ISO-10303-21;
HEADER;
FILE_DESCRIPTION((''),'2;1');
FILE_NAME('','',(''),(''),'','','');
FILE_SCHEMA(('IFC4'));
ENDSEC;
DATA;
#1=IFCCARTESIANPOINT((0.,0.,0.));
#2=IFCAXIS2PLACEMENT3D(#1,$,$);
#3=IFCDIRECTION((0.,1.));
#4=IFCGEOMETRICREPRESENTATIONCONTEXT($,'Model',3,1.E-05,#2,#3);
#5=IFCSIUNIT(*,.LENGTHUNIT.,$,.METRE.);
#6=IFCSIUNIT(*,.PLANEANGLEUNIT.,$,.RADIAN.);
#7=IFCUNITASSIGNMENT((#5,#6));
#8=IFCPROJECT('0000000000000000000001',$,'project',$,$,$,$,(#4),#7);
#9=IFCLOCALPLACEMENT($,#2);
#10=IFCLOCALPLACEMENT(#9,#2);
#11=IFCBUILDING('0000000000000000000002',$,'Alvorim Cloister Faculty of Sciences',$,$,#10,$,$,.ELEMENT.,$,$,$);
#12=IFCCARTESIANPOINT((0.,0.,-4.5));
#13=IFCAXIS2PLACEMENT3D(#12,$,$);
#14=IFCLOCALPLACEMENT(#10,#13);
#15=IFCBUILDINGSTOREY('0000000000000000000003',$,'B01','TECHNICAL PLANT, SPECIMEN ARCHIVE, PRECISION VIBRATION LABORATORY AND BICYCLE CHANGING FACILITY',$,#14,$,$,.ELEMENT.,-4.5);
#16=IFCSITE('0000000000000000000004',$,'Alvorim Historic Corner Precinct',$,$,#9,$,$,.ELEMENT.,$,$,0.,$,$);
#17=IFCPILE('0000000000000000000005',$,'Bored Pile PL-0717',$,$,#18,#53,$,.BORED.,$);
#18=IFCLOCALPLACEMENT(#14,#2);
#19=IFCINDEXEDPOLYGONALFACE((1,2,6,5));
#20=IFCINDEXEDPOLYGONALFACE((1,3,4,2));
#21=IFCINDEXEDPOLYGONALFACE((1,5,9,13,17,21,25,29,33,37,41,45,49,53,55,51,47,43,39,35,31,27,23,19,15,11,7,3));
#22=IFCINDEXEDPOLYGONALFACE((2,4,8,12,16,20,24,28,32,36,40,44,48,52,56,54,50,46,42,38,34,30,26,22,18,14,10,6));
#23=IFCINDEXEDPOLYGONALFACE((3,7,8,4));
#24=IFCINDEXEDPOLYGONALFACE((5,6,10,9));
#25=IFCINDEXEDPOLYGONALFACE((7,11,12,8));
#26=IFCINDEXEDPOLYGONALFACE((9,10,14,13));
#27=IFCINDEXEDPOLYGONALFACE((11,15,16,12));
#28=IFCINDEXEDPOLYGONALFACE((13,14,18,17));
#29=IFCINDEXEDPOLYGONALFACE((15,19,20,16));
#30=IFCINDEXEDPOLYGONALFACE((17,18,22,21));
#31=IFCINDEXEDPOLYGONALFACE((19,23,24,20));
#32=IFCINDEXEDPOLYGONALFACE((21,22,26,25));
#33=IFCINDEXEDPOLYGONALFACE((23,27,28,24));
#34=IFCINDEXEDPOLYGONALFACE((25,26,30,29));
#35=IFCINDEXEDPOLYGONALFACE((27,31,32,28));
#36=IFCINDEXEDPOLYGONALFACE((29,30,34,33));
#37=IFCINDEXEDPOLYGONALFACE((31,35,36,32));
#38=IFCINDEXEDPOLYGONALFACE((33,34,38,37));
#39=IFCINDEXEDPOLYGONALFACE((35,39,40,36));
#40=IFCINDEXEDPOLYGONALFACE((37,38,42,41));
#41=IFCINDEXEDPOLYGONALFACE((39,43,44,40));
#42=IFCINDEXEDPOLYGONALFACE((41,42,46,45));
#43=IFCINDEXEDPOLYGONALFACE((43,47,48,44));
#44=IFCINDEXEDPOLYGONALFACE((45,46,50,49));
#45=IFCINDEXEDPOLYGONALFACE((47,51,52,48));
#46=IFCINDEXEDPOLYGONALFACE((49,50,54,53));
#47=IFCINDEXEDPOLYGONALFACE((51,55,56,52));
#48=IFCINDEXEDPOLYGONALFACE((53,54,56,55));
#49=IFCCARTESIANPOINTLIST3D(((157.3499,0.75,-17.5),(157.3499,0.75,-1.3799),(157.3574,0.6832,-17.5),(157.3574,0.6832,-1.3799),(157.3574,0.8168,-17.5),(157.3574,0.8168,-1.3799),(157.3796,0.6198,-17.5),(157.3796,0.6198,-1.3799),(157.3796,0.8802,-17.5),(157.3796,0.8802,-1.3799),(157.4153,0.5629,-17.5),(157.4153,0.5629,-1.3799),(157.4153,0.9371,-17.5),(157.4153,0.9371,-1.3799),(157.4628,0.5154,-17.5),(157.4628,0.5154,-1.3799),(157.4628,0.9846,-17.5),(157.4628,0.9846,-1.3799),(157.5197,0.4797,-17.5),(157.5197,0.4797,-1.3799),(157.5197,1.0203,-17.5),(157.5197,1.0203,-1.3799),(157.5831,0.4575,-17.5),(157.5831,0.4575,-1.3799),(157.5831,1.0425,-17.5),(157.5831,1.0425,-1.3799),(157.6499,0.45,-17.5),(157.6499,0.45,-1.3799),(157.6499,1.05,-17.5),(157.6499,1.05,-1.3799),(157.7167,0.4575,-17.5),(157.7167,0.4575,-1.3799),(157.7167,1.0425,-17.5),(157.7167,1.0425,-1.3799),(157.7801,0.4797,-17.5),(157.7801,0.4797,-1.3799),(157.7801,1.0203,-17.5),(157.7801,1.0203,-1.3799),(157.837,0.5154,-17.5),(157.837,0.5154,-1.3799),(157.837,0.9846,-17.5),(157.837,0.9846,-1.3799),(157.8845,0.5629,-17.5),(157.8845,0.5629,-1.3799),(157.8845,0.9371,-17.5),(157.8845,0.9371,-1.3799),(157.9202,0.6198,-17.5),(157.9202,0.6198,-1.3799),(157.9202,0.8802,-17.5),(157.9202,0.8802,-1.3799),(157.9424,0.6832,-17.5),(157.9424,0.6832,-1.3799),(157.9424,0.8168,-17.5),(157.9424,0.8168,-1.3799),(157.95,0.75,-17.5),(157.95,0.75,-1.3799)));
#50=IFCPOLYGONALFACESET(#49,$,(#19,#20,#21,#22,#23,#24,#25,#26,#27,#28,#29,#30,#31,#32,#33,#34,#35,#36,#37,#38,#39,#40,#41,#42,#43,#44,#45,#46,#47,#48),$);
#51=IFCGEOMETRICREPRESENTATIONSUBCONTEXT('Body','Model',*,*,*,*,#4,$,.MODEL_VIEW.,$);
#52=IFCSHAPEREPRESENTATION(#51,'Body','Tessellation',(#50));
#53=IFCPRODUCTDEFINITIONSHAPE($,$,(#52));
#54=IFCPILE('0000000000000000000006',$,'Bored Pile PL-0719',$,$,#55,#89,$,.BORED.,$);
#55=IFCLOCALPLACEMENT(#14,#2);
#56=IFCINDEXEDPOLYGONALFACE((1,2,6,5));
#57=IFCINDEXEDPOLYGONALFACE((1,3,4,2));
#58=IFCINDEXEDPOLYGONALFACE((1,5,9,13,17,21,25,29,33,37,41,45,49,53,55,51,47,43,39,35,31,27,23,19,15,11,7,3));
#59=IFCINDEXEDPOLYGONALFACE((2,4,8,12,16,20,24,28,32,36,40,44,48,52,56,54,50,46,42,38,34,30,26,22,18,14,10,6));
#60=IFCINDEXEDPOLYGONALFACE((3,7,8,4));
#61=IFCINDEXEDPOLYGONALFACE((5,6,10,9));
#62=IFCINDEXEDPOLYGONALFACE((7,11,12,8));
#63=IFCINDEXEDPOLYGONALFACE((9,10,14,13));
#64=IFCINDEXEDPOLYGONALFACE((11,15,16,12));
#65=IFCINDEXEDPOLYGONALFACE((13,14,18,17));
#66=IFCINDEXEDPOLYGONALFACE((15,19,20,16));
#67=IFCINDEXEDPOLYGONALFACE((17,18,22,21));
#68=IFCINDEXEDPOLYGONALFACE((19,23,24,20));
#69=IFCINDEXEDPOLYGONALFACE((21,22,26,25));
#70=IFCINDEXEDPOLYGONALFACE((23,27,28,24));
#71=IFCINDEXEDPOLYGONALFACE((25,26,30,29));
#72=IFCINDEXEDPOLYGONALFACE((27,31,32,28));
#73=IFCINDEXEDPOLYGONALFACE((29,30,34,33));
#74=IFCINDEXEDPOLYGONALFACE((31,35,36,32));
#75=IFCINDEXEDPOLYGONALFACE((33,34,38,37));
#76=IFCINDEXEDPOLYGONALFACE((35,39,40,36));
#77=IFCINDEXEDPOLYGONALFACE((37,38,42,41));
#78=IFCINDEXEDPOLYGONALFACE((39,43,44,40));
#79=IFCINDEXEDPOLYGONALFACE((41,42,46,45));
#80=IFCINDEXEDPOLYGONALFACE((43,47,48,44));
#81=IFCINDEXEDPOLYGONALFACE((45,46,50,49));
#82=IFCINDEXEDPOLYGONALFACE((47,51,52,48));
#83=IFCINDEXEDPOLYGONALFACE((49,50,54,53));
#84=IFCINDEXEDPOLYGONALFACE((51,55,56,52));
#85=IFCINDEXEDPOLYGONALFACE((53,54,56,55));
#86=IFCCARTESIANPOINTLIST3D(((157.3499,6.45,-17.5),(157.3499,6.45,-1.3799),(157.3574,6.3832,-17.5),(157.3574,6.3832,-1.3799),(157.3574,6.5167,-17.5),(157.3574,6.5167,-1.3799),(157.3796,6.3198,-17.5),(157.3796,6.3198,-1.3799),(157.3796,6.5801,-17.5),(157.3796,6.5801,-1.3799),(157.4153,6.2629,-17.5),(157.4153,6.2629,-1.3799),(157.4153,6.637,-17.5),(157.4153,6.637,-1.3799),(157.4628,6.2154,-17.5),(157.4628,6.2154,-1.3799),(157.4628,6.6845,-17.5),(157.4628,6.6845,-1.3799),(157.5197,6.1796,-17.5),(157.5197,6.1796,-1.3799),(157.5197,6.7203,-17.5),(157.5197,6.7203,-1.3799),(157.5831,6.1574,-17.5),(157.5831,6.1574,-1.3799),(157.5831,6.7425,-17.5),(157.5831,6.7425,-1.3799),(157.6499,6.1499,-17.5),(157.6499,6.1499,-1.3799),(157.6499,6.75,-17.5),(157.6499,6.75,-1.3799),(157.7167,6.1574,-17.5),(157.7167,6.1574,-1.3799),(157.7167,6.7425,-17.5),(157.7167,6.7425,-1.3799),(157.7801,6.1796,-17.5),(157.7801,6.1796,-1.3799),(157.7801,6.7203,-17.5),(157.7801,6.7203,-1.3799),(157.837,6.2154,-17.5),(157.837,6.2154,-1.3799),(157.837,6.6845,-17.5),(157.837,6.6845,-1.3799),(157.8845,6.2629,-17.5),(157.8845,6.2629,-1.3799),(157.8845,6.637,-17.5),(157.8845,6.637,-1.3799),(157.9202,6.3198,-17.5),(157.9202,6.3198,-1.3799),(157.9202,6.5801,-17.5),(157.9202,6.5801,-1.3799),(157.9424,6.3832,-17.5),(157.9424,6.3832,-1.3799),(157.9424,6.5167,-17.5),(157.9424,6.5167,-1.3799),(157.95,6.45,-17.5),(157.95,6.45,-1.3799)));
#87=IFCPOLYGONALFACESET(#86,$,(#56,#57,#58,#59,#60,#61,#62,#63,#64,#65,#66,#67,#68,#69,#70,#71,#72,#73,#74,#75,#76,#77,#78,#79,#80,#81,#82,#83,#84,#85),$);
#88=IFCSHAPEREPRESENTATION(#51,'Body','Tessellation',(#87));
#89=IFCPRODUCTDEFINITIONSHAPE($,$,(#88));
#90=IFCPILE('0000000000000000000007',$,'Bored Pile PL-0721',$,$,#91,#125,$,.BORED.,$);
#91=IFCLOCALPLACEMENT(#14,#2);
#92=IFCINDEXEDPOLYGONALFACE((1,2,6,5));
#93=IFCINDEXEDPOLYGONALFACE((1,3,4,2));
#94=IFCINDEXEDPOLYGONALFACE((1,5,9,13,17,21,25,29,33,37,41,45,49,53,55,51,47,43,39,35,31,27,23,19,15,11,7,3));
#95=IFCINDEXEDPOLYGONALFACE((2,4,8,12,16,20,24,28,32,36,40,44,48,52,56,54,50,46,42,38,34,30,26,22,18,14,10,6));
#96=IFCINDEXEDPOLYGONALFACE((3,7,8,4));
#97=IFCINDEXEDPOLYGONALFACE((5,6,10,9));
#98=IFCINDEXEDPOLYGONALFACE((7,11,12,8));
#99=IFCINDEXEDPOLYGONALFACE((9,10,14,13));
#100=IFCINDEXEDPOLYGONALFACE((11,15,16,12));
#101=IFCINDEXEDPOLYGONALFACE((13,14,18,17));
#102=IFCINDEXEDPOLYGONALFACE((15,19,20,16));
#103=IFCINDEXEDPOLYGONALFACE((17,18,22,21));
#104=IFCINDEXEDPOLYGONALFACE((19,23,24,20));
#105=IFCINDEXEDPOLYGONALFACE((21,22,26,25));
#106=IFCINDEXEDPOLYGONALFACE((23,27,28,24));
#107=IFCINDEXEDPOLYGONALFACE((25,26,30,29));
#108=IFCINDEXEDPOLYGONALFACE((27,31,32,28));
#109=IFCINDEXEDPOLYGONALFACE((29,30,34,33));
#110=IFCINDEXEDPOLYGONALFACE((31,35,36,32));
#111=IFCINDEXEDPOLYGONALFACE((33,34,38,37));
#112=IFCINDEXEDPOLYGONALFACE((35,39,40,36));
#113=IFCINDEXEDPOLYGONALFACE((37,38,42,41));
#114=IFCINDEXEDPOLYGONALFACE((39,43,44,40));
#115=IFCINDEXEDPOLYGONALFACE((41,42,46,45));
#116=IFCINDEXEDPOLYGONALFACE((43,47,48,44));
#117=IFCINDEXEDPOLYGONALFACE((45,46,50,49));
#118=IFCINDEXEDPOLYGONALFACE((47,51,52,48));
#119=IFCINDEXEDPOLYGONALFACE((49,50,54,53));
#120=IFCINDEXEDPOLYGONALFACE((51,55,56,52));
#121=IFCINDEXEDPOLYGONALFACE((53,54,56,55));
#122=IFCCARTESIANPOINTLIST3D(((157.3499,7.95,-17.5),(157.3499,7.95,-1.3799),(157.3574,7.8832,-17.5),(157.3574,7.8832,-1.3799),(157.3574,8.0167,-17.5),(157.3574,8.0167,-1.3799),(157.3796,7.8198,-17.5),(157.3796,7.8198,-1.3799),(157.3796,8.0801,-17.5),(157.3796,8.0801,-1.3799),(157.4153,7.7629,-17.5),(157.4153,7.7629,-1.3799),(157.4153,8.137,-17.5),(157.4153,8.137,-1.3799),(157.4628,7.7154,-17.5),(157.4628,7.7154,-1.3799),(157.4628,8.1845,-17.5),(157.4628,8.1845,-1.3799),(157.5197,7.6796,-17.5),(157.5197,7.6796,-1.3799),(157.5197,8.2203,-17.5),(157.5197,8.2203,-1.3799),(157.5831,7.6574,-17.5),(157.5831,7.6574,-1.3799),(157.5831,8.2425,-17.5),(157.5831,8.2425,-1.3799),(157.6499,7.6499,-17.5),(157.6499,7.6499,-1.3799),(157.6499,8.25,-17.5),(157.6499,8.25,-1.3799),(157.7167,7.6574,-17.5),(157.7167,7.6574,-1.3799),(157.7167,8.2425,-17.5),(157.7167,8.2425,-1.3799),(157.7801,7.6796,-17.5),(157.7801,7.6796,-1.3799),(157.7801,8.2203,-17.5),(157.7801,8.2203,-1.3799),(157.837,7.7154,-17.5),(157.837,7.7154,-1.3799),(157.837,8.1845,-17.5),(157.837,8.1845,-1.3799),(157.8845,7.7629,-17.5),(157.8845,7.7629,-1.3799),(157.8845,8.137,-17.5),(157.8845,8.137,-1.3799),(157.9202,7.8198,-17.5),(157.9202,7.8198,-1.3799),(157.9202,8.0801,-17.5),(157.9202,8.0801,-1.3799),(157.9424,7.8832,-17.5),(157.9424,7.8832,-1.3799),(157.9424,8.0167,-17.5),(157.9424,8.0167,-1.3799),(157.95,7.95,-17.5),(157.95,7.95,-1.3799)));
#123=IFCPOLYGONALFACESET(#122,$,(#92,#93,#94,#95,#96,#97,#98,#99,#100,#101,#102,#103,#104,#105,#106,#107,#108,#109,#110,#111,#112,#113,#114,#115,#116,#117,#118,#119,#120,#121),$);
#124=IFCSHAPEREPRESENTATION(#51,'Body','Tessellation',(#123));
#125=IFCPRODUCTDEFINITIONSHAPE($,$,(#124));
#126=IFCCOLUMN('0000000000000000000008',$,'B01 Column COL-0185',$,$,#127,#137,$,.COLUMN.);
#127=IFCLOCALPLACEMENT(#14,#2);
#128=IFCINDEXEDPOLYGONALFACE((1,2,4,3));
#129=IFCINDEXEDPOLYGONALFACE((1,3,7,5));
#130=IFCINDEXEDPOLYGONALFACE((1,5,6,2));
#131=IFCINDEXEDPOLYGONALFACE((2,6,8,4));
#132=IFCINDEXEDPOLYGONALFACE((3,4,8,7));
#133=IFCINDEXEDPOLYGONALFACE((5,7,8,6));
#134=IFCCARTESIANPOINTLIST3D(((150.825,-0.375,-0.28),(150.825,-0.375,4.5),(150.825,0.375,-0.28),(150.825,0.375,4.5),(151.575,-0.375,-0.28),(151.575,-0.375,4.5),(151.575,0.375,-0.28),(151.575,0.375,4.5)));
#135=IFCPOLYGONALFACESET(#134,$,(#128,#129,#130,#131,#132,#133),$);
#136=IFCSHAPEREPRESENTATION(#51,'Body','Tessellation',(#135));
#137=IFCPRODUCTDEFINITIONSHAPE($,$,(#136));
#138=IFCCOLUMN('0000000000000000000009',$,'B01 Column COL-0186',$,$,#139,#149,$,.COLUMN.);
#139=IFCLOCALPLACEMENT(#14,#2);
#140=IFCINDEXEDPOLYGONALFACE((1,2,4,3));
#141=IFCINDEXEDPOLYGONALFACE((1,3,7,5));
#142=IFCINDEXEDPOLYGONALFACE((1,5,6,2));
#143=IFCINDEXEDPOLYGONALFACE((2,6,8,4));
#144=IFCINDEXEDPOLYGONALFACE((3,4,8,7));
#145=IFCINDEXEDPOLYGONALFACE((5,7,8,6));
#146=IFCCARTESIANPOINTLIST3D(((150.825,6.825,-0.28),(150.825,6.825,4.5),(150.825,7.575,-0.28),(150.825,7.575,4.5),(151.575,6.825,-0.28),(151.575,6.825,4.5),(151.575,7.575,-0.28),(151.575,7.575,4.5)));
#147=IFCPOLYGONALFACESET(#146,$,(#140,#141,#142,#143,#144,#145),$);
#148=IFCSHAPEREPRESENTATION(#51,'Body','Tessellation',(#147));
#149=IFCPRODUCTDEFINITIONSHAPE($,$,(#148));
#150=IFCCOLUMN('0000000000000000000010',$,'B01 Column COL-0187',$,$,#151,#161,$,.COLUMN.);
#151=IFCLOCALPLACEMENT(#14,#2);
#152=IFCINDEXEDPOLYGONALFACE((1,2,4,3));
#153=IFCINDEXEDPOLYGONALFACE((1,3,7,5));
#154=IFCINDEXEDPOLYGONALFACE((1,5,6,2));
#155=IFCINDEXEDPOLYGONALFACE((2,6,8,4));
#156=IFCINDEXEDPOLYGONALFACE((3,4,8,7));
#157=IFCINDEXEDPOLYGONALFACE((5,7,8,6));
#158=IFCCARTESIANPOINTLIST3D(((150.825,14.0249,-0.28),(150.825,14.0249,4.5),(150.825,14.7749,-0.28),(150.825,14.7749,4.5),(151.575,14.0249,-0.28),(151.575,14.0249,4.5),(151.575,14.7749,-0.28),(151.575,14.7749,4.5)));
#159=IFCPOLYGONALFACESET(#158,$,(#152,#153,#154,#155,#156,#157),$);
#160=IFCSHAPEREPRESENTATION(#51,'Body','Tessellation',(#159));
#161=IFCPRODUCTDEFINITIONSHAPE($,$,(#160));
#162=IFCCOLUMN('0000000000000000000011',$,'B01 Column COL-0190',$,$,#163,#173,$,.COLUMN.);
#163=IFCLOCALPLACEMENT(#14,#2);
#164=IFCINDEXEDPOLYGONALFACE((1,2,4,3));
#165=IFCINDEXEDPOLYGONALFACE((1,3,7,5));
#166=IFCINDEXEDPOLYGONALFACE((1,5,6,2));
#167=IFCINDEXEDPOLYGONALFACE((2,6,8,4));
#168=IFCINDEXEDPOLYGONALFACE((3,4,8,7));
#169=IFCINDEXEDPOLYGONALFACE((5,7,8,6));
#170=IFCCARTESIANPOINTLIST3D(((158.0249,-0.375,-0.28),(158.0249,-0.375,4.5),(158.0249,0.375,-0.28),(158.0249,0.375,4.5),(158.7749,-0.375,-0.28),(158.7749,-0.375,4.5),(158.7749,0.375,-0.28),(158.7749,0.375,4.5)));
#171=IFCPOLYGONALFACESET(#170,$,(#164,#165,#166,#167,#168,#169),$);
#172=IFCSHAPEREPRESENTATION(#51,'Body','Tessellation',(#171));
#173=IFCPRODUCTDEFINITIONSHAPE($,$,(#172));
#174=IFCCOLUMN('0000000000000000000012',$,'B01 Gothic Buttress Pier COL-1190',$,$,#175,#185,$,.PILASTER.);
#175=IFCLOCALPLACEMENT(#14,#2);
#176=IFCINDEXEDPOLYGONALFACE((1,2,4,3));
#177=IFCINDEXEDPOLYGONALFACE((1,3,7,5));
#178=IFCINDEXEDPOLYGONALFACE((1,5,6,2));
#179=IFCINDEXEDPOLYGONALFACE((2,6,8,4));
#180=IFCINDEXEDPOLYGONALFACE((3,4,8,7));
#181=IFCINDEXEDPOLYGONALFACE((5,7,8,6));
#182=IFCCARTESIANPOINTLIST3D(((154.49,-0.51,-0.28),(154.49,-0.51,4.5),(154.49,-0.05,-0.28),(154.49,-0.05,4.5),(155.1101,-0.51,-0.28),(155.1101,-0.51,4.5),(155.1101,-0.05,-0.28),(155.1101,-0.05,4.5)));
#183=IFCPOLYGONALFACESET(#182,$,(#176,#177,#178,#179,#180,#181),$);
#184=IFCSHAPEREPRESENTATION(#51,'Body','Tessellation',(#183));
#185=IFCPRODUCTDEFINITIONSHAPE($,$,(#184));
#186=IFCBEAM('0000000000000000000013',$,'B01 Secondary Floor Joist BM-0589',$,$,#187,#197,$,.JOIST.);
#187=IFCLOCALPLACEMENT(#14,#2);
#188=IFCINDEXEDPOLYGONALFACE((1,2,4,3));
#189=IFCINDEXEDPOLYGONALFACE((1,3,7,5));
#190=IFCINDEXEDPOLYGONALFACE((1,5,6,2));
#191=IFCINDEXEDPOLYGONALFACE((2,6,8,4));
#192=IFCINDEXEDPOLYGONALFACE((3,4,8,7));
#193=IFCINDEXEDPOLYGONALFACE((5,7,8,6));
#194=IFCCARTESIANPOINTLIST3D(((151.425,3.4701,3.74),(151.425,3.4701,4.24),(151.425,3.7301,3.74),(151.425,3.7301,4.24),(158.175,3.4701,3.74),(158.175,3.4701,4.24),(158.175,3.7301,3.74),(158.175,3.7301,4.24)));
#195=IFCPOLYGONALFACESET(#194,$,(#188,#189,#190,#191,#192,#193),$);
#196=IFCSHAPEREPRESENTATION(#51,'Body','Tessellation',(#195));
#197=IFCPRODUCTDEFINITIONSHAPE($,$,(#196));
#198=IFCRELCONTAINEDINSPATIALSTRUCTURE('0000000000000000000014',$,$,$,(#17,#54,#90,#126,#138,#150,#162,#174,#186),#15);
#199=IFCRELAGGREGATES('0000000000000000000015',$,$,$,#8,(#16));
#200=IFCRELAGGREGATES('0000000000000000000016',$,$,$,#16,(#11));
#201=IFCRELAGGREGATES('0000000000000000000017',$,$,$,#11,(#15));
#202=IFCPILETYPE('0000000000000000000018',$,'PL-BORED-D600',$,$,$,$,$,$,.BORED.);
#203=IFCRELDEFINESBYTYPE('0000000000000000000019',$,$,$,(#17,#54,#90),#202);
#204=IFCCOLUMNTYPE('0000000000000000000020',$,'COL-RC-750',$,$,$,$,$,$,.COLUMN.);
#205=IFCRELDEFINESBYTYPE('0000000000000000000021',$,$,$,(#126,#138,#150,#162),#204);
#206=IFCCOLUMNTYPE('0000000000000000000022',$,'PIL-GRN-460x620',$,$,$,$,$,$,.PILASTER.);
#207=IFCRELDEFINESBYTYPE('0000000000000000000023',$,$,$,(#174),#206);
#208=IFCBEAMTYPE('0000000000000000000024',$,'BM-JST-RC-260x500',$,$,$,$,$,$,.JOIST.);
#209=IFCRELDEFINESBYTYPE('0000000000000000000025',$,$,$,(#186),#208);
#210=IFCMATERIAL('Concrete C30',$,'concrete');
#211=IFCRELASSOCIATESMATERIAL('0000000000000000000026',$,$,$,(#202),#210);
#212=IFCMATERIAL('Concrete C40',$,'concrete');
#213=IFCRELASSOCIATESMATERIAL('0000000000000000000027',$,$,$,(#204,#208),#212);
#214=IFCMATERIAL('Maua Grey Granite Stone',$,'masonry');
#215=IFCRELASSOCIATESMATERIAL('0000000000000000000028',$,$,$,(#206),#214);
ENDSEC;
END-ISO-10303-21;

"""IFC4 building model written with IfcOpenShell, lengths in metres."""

from ifc_helpers import new_model, si_unit, direction, frame, origin, origin_2d, place, context, subcontext, project, spatial, rectangle, circle, extrude, material, material_profile, profile_set, type_object, element, save


model = new_model("IFC4")

# Units and contexts
model_context = context("Model", 3, precision=1e-05, world=origin(), true_north=direction((0.0, 1.0)))
body_context = subcontext(model_context, "Body", "Model", "MODEL_VIEW")
ifc_project = project(units=[si_unit("LENGTHUNIT", "METRE"), si_unit("PLANEANGLEUNIT", "RADIAN")], contexts=[model_context])

# Site, building, storey
site_placement = place(None, origin())
site = spatial("IfcSite", under=ifc_project, at=site_placement, Name="Alvorim Historic Corner Precinct", CompositionType="ELEMENT", RefElevation=0.0)
building_placement = place(site_placement, origin())
building = spatial("IfcBuilding", under=site, at=building_placement, Name="Alvorim Cloister Faculty of Sciences", CompositionType="ELEMENT")
storey_placement = place(building_placement, frame((0.0, 0.0, -4.5)))
storey = spatial("IfcBuildingStorey", under=building, at=storey_placement, Name="B01", Description="TECHNICAL PLANT, SPECIMEN ARCHIVE, PRECISION VIBRATION LABORATORY AND BICYCLE CHANGING FACILITY", CompositionType="ELEMENT", Elevation=-4.5)

# Shared definitions
ifc_material_1 = material(Name="Concrete C40", Category="concrete")

# Piles
ifc_material_2 = material(Name="Concrete C30", Category="concrete")
ifc_material_profile_1 = material_profile(ifc_material_2, circle(Radius=0.3, at=origin_2d()), Name="PILE-D600")
ifc_profile_set_1 = profile_set([ifc_material_profile_1], Name="Concrete C30")
pile_type = type_object("IfcPileType", Name="PL-BORED-D600", PredefinedType="BORED", material=ifc_profile_set_1)
for number, where, z_axis, x_axis, name in (
    (1, (157.6499, 0.75, -1.3799), (0.0, 0.0, -1.0), (1.0, 0.0, 0.0), "Bored Pile PL-0717"),
    (2, (157.6499, 6.45, -1.3799), (0.0, 0.0, -1.0), (1.0, 0.0, 0.0), "Bored Pile PL-0719"),
    (3, (157.6499, 7.95, -1.3799), (0.0, 0.0, -1.0), (1.0, 0.0, 0.0), "Bored Pile PL-0721"),
):
    element("IfcPile", number, at=place(storey_placement, frame(where, z_axis=z_axis, x_axis=x_axis)), inside=storey, type_object=pile_type, Name=name, PredefinedType="BORED", context=body_context, shape_type="SweptSolid", body=[
        extrude(circle(Radius=0.3, at=origin_2d()), origin(), (0.0, 0.0, 1.0), 16.1201),
    ])

# Columns
ifc_material_profile_2 = material_profile(ifc_material_1, rectangle(XDim=0.75, YDim=0.75, at=origin_2d()), Name="RC40-COL-750x750")
ifc_profile_set_2 = profile_set([ifc_material_profile_2], Name="Concrete C40")
column_type_1 = type_object("IfcColumnType", Name="COL-RC-750", PredefinedType="COLUMN", material=ifc_profile_set_2)
for number, where, z_axis, x_axis, name in (
    (4, (151.2, 0.0, -0.28), (0.0, 0.0, 1.0), (1.0, 0.0, 0.0), "B01 Column COL-0185"),
    (5, (151.2, 7.2, -0.28), (0.0, 0.0, 1.0), (1.0, 0.0, 0.0), "B01 Column COL-0186"),
    (6, (151.2, 14.3999, -0.28), (0.0, 0.0, 1.0), (1.0, 0.0, 0.0), "B01 Column COL-0187"),
    (7, (158.3999, 0.0, -0.28), (0.0, 0.0, 1.0), (1.0, 0.0, 0.0), "B01 Column COL-0190"),
):
    element("IfcColumn", number, at=place(storey_placement, frame(where, z_axis=z_axis, x_axis=x_axis)), inside=storey, type_object=column_type_1, Name=name, PredefinedType="COLUMN", context=body_context, shape_type="SweptSolid", body=[
        extrude(rectangle(XDim=0.75, YDim=0.75, at=origin_2d()), origin(), (0.0, 0.0, 1.0), 4.78),
    ])
ifc_material_3 = material(Name="Maua Grey Granite Stone", Category="masonry")
ifc_material_profile_3 = material_profile(ifc_material_3, rectangle(XDim=0.46, YDim=0.6201, at=origin_2d()), Name="GRN-PIER-460x620")
ifc_profile_set_3 = profile_set([ifc_material_profile_3], Name="Maua Grey Granite Stone")
column_type_2 = type_object("IfcColumnType", Name="PIL-GRN-460x620", PredefinedType="PILASTER", material=ifc_profile_set_3)
column_placement = place(storey_placement, frame((154.8, -0.28, -0.28), z_axis=(0.0, 0.0, 1.0), x_axis=(0.0, 1.0, 0.0)))
element("IfcColumn", 8, at=column_placement, inside=storey, type_object=column_type_2, Name="B01 Gothic Buttress Pier COL-1190", PredefinedType="PILASTER", context=body_context, shape_type="SweptSolid", body=[
    extrude(rectangle(XDim=0.46, YDim=0.6201, at=origin_2d()), origin(), (0.0, 0.0, 1.0), 4.78),
])

# Beam
ifc_material_profile_4 = material_profile(ifc_material_1, rectangle(XDim=0.26, YDim=0.5, at=origin_2d()), Name="RC40-JST-260x500")
ifc_profile_set_4 = profile_set([ifc_material_profile_4], Name="Concrete C40")
beam_type_1 = type_object("IfcBeamType", Name="BM-JST-RC-260x500", PredefinedType="JOIST", material=ifc_profile_set_4)
beam_1_placement = place(storey_placement, frame((151.425, 3.6001, 3.99), z_axis=(1.0, 0.0, 0.0), x_axis=(0.0, 1.0, 0.0)))
element("IfcBeam", 9, at=beam_1_placement, inside=storey, type_object=beam_type_1, Name="B01 Secondary Floor Joist BM-0589", PredefinedType="JOIST", context=body_context, shape_type="SweptSolid", body=[
    extrude(rectangle(XDim=0.26, YDim=0.5, at=origin_2d()), origin(), (0.0, 0.0, 1.0), 6.75),
])

save(model, "model.ifc")
